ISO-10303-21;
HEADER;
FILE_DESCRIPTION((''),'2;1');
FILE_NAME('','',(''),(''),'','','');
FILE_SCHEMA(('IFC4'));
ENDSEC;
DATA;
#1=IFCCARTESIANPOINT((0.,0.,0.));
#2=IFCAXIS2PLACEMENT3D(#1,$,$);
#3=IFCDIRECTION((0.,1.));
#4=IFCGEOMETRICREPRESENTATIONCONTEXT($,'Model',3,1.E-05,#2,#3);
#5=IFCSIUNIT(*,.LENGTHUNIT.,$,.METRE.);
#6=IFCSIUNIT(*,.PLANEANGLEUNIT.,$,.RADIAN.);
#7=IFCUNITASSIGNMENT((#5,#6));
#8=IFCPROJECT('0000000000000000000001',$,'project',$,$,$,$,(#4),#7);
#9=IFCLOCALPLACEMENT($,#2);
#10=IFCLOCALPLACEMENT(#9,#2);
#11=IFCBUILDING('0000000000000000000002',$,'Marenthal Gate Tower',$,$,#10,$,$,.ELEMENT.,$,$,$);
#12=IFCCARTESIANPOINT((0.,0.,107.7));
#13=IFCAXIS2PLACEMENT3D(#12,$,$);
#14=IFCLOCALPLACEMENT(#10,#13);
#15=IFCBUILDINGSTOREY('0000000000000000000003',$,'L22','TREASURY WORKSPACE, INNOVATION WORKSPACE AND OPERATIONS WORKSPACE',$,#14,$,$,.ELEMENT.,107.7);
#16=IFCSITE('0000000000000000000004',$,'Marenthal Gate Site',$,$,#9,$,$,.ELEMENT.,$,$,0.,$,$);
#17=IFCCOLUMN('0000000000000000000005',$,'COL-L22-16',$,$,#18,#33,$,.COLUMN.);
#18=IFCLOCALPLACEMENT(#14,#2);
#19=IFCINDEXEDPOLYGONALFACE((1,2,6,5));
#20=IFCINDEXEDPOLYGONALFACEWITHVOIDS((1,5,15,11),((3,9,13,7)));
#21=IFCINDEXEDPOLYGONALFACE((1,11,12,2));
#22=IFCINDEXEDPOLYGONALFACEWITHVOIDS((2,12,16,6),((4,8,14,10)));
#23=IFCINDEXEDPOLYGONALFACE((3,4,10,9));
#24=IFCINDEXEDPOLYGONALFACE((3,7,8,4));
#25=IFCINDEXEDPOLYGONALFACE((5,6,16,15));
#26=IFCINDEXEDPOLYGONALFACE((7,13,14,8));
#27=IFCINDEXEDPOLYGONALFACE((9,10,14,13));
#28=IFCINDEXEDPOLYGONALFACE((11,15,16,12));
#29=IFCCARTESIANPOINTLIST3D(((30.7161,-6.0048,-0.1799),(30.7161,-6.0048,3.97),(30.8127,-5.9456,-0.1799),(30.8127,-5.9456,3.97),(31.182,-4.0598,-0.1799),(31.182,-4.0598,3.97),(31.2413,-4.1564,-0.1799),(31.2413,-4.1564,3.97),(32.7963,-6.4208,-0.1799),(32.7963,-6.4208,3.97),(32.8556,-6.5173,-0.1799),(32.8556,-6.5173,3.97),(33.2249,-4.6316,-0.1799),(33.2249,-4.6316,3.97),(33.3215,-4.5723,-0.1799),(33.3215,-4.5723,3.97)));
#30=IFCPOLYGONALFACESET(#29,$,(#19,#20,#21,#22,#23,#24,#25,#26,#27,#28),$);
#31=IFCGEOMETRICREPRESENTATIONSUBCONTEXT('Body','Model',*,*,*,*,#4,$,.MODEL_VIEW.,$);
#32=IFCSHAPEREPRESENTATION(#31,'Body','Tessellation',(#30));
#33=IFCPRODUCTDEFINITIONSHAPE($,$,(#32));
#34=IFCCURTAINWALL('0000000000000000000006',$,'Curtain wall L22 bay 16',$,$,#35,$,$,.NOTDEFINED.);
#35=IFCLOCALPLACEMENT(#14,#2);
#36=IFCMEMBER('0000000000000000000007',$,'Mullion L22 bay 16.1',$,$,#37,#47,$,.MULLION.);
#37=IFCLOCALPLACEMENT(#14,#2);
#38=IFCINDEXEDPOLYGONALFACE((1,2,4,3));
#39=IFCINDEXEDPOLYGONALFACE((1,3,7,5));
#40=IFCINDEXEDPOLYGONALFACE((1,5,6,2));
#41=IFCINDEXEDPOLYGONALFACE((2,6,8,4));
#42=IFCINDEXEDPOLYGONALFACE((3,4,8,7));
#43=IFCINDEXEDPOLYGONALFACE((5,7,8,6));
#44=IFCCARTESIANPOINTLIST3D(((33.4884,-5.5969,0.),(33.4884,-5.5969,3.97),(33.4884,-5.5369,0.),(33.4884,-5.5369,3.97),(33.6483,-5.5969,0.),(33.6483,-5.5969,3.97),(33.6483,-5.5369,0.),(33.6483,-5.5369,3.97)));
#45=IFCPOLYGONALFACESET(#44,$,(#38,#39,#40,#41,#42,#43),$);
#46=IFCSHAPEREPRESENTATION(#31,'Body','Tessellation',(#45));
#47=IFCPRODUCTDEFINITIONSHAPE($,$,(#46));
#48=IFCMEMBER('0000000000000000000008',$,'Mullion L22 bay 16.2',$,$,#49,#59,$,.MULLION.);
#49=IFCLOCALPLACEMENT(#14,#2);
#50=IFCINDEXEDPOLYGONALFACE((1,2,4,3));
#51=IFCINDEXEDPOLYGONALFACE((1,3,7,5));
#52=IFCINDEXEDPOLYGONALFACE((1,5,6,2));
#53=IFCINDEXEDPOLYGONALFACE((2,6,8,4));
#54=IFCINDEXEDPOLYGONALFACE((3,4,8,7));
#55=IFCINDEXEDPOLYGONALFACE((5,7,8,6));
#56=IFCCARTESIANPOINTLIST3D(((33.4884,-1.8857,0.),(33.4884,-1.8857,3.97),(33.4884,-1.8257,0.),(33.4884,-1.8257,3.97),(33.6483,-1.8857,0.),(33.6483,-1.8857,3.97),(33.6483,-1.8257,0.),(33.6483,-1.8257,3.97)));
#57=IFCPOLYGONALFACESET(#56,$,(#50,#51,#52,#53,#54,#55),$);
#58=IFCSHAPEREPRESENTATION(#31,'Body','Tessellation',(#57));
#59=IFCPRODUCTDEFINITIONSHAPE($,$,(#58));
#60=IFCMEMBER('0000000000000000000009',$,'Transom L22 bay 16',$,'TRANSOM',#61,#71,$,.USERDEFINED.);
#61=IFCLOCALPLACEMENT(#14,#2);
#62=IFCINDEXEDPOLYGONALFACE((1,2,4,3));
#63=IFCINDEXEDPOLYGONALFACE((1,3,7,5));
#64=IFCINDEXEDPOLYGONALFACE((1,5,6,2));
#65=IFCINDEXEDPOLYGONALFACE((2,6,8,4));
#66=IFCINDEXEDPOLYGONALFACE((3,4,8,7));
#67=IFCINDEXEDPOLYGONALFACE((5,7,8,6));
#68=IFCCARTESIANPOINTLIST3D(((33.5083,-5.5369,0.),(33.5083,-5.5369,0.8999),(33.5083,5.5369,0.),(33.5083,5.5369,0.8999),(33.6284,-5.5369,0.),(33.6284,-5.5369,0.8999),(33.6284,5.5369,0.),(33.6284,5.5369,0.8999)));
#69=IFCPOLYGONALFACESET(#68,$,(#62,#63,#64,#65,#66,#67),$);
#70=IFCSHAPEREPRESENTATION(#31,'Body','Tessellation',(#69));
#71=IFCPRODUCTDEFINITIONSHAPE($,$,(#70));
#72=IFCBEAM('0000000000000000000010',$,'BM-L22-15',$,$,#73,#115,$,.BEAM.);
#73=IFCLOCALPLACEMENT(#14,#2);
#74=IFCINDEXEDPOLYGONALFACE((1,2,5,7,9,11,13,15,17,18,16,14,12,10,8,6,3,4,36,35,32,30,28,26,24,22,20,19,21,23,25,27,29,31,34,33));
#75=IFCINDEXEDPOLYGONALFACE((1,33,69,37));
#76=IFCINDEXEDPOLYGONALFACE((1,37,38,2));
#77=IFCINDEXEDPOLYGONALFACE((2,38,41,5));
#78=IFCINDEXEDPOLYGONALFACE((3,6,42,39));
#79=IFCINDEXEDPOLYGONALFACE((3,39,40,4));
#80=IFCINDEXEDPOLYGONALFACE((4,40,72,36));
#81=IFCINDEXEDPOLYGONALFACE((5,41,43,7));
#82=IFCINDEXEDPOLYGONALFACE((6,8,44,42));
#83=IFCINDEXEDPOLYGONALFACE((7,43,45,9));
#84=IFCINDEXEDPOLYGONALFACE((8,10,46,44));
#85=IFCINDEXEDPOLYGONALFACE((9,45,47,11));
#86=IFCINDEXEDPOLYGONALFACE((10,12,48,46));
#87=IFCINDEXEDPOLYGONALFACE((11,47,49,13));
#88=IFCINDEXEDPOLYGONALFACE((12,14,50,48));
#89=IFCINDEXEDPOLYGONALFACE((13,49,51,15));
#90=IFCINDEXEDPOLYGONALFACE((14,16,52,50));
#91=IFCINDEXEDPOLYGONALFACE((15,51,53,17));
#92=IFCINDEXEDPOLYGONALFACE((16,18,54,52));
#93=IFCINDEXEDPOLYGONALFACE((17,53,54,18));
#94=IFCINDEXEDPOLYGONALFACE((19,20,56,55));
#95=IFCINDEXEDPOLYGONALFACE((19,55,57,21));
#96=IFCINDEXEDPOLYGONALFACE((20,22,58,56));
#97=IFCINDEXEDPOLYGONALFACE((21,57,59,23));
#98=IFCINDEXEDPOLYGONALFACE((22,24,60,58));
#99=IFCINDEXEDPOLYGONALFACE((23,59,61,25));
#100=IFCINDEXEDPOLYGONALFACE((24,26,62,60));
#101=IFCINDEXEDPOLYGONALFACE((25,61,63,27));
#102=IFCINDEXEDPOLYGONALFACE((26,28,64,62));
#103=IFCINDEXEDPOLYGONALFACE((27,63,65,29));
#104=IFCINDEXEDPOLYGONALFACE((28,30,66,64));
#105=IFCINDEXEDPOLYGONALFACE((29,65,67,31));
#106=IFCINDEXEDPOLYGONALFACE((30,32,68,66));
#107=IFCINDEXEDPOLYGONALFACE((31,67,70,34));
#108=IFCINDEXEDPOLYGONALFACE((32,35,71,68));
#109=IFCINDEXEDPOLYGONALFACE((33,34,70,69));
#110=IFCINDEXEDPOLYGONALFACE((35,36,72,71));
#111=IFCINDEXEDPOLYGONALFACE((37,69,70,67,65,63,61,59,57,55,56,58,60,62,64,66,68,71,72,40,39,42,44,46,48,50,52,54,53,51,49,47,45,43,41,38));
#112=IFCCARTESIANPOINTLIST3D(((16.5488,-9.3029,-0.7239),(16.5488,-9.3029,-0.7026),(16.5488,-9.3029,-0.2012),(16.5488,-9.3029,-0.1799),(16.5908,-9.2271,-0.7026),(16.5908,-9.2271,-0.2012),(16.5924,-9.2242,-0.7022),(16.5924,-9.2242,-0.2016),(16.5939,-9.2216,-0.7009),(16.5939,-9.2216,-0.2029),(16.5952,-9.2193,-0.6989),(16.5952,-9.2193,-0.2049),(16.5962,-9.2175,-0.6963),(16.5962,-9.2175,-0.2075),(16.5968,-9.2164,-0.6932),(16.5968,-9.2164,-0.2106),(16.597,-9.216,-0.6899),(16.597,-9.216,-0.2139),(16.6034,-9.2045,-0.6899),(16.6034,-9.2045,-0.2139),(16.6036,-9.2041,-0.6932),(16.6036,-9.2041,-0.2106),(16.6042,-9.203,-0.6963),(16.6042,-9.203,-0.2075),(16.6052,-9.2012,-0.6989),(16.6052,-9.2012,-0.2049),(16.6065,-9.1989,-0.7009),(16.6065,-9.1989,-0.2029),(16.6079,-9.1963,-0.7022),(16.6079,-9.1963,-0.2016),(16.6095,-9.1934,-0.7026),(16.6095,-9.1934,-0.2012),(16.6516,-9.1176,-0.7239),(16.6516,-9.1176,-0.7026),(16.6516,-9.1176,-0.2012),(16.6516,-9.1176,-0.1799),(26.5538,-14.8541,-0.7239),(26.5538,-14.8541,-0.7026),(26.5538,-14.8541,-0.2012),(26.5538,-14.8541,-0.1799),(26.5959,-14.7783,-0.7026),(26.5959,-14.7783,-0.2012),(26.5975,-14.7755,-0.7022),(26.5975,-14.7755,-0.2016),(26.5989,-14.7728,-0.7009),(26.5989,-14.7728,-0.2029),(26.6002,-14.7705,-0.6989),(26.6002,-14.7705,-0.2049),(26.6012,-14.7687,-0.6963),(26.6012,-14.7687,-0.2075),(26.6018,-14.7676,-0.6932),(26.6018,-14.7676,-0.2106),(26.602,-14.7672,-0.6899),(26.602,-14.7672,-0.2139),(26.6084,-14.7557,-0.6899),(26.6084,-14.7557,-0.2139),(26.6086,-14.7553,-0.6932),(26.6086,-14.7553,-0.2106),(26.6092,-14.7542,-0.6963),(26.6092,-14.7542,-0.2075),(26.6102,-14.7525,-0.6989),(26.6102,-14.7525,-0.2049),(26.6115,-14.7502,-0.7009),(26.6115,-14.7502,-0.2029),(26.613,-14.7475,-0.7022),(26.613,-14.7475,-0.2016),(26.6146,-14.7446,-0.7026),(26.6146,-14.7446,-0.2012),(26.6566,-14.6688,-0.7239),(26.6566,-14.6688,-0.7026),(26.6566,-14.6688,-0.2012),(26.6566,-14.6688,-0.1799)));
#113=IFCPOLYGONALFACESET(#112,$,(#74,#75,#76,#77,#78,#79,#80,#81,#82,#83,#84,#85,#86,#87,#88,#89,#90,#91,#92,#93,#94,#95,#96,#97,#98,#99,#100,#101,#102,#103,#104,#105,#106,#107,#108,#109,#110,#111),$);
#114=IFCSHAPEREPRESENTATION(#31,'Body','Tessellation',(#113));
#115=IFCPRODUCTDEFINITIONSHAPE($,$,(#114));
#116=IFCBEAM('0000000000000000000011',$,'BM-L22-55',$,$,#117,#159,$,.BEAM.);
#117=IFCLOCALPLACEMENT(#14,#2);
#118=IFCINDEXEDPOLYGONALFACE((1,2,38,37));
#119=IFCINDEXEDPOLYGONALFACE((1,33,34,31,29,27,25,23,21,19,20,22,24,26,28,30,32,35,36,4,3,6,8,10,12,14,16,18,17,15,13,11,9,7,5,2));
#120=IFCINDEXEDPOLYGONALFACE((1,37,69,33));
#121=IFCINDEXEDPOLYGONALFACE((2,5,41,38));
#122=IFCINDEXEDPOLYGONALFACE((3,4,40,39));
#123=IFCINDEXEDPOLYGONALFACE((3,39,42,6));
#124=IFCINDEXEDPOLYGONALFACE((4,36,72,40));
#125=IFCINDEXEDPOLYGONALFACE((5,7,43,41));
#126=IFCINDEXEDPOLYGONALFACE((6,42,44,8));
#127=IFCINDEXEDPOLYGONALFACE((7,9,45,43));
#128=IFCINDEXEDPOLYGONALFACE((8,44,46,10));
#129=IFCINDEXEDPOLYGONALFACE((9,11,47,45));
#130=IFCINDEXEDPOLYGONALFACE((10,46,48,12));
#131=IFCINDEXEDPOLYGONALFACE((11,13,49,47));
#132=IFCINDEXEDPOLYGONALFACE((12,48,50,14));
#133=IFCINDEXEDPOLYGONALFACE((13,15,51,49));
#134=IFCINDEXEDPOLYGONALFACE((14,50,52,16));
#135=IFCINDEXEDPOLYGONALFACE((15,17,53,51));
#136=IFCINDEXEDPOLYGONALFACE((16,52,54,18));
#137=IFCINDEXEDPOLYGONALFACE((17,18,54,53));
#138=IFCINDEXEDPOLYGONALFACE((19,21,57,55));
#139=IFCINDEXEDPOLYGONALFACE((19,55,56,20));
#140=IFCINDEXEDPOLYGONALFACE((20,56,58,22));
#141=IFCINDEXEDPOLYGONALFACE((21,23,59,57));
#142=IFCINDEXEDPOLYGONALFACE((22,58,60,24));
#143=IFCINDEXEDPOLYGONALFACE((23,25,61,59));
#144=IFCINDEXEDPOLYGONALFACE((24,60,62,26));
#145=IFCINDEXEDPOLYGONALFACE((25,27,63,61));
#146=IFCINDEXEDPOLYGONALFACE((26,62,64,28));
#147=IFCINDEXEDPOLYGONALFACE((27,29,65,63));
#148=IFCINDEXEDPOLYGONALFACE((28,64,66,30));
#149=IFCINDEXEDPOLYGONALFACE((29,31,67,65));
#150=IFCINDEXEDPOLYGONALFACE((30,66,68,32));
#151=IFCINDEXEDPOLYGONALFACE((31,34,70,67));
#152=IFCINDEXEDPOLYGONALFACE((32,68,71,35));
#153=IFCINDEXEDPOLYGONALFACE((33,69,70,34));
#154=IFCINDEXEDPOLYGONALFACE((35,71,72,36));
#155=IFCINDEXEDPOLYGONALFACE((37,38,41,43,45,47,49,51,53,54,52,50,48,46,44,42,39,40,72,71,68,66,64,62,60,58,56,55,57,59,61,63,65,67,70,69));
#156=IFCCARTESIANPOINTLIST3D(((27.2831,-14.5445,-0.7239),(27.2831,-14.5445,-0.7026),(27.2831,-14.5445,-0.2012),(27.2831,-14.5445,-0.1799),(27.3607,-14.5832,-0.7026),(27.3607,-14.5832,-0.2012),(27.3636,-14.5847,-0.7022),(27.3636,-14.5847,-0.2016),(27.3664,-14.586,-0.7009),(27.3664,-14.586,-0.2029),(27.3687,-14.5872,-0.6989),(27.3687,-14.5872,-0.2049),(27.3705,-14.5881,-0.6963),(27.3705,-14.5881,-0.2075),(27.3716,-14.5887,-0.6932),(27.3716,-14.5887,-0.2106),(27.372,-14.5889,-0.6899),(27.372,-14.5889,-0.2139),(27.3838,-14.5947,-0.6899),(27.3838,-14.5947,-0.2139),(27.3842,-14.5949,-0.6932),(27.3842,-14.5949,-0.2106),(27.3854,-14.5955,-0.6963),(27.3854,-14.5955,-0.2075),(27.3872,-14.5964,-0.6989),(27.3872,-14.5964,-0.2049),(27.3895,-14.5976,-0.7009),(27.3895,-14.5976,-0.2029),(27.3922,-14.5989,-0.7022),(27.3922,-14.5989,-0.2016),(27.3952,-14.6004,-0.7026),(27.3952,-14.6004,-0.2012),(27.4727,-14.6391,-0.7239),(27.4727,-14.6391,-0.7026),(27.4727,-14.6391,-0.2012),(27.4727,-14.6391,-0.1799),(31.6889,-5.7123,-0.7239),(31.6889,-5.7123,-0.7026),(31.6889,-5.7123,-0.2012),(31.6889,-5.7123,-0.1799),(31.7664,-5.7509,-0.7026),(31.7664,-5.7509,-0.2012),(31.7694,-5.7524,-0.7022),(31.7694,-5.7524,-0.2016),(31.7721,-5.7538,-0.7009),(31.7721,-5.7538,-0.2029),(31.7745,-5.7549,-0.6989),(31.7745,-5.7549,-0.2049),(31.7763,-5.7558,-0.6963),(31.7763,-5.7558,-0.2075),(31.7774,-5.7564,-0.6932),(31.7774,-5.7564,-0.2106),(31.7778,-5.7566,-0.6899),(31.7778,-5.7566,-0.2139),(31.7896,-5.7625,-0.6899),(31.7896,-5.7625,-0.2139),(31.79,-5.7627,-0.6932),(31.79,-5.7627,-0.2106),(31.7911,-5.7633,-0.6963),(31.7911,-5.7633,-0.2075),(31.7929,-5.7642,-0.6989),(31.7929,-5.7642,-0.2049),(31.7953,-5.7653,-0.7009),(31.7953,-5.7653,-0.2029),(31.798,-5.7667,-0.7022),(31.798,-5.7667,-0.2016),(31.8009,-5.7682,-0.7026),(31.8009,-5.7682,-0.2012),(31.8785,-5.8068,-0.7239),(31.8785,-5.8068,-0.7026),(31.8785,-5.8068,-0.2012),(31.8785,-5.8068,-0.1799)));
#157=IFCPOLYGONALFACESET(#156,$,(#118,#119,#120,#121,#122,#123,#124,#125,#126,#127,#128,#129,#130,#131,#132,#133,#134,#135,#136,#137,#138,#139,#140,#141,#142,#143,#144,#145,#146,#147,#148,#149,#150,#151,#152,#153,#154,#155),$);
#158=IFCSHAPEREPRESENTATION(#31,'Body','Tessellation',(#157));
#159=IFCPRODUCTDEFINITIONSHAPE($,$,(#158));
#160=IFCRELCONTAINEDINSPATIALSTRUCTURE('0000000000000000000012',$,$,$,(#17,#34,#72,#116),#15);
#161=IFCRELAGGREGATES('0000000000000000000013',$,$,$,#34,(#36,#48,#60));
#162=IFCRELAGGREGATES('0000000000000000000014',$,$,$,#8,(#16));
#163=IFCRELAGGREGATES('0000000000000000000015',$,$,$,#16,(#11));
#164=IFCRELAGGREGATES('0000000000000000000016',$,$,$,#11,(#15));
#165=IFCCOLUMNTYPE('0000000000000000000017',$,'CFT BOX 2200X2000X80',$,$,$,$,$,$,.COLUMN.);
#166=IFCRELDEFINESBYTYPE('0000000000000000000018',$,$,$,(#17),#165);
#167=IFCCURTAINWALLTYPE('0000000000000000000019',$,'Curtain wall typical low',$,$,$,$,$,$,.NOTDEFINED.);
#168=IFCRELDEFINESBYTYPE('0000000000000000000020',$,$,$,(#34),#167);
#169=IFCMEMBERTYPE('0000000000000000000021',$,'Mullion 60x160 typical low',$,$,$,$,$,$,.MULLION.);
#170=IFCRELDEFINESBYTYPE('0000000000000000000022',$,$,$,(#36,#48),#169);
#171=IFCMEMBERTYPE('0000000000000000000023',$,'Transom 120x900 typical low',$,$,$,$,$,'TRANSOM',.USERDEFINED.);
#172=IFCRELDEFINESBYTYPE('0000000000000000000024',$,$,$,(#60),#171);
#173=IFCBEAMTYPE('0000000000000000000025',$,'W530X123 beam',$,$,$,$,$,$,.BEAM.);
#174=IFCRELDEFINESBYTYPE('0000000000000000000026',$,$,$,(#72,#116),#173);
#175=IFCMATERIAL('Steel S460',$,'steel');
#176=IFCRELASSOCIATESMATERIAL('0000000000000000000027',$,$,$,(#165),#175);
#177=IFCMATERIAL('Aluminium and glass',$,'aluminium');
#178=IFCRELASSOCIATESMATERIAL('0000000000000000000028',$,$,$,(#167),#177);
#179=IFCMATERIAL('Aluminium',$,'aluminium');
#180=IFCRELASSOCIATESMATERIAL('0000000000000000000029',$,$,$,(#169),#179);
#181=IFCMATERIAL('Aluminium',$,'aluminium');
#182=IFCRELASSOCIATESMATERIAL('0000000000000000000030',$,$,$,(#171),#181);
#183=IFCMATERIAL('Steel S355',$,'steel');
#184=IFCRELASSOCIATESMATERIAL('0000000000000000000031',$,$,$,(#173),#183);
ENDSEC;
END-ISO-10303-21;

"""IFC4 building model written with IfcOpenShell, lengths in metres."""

from ifc_helpers import new_model, si_unit, direction, frame, origin, origin_2d, place, context, subcontext, project, spatial, rectangle, hollow_rectangle, i_section, extrude, material, material_profile, profile_set, type_object, element, aggregate, save


model = new_model("IFC4")

# Units and contexts
model_context = context("Model", 3, precision=1e-05, world=origin(), true_north=direction((0.0, 1.0)))
body_context = subcontext(model_context, "Body", "Model", "MODEL_VIEW")
ifc_project = project(units=[si_unit("LENGTHUNIT", "METRE"), si_unit("PLANEANGLEUNIT", "RADIAN")], contexts=[model_context])

# Site, building, storey
site_placement = place(None, origin())
site = spatial("IfcSite", under=ifc_project, at=site_placement, Name="Marenthal Gate Site", CompositionType="ELEMENT", RefElevation=0.0)
building_placement = place(site_placement, origin())
building = spatial("IfcBuilding", under=site, at=building_placement, Name="Marenthal Gate Tower", CompositionType="ELEMENT")
storey_placement = place(building_placement, frame((0.0, 0.0, 107.7)))
storey = spatial("IfcBuildingStorey", under=building, at=storey_placement, Name="L22", Description="TREASURY WORKSPACE, INNOVATION WORKSPACE AND OPERATIONS WORKSPACE", CompositionType="ELEMENT", Elevation=107.7)

# Column
ifc_material_1 = material(Name="Steel S460", Category="steel")
ifc_material_profile_1 = material_profile(ifc_material_1, hollow_rectangle(XDim=2.0, YDim=2.2, WallThickness=0.0801, at=origin_2d()), Name="CFT BOX 2200X2000X80")
ifc_material_2 = material(Name="Concrete 70 MPa", Category="concrete")
ifc_material_profile_2 = material_profile(ifc_material_2, rectangle(XDim=1.8401, YDim=2.04, at=origin_2d()), Name="CFT BOX 2200X2000X80 INFILL")
ifc_profile_set_1 = profile_set([ifc_material_profile_1, ifc_material_profile_2], Name="Steel S460 shell, Concrete 70 MPa infill")
column_type = type_object("IfcColumnType", Name="CFT BOX 2200X2000X80", PredefinedType="COLUMN", material=ifc_profile_set_1)
column_placement = place(storey_placement, frame((32.0188, -5.2886, -0.1799), z_axis=(0.0, 0.0, 1.0), x_axis=(-0.232958, -0.972487, 0.0)))
element("IfcColumn", 1, at=column_placement, inside=storey, type_object=column_type, Name="COL-L22-16", PredefinedType="COLUMN", context=body_context, shape_type="SweptSolid", body=[
    extrude(hollow_rectangle(XDim=2.0, YDim=2.2, WallThickness=0.0801, at=origin_2d()), origin(), (0.0, 0.0, 1.0), 4.1499),
])

# Curtain wall, members
ifc_material_3 = material(Name="Aluminium and glass", Category="aluminium")
curtain_wall_type = type_object("IfcCurtainWallType", Name="Curtain wall typical low", PredefinedType="NOTDEFINED", material=ifc_material_3)
curtain_wall_placement = place(storey_placement, origin())
curtain_wall = element("IfcCurtainWall", 2, at=curtain_wall_placement, inside=storey, type_object=curtain_wall_type, Name="Curtain wall L22 bay 16", PredefinedType="NOTDEFINED")
ifc_material_4 = material(Name="Aluminium", Category="aluminium")
ifc_material_profile_3 = material_profile(ifc_material_4, rectangle(XDim=0.1599, YDim=0.0601, at=origin_2d()), Name="60x160 aluminium mullion")
ifc_profile_set_2 = profile_set([ifc_material_profile_3], Name="Aluminium")
member_type_1 = type_object("IfcMemberType", Name="Mullion 60x160 typical low", PredefinedType="MULLION", material=ifc_profile_set_2)
member_1_placement = place(storey_placement, frame((33.5684, -5.5669, 0.0), z_axis=(0.0, 0.0, 1.0), x_axis=(-1.0, 0.0, 0.0)))
member_1 = element("IfcMember", 3, at=member_1_placement, type_object=member_type_1, Name="Mullion L22 bay 16.1", PredefinedType="MULLION", context=body_context, shape_type="SweptSolid", body=[
    extrude(rectangle(XDim=0.1599, YDim=0.0601, at=origin_2d()), origin(), (0.0, 0.0, 1.0), 3.97),
])
member_2_placement = place(storey_placement, frame((33.5684, -1.8557, 0.0), z_axis=(0.0, 0.0, 1.0), x_axis=(-1.0, 0.0, 0.0)))
member_2 = element("IfcMember", 4, at=member_2_placement, type_object=member_type_1, Name="Mullion L22 bay 16.2", PredefinedType="MULLION", context=body_context, shape_type="SweptSolid", body=[
    extrude(rectangle(XDim=0.1599, YDim=0.0601, at=origin_2d()), origin(), (0.0, 0.0, 1.0), 3.97),
])
ifc_material_5 = material(Name="Aluminium", Category="aluminium")
ifc_material_profile_4 = material_profile(ifc_material_5, rectangle(XDim=0.1201, YDim=0.8999, at=origin_2d()), Name="120x900 aluminium transom")
ifc_profile_set_3 = profile_set([ifc_material_profile_4], Name="Aluminium")
member_type_2 = type_object("IfcMemberType", Name="Transom 120x900 typical low", ElementType="TRANSOM", PredefinedType="USERDEFINED", material=ifc_profile_set_3)
member_3_placement = place(storey_placement, frame((33.5684, -5.5369, 0.45), z_axis=(0.0, 1.0, 0.0), x_axis=(-1.0, 0.0, 0.0)))
member_3 = element("IfcMember", 5, at=member_3_placement, type_object=member_type_2, Name="Transom L22 bay 16", ObjectType="TRANSOM", PredefinedType="USERDEFINED", context=body_context, shape_type="SweptSolid", body=[
    extrude(rectangle(XDim=0.1201, YDim=0.8999, at=origin_2d()), origin(), (0.0, 0.0, 1.0), 11.0737),
])

# Beams
ifc_material_6 = material(Name="Steel S355", Category="steel")
ifc_material_profile_5 = material_profile(ifc_material_6, i_section(OverallWidth=0.2119, OverallDepth=0.5439, WebThickness=0.0132, FlangeThickness=0.0212, FilletRadius=0.0127, at=origin_2d()), Name="W530X123")
ifc_profile_set_4 = profile_set([ifc_material_profile_5], Name="Steel S355")
beam_type_1 = type_object("IfcBeamType", Name="W530X123 beam", PredefinedType="BEAM", material=ifc_profile_set_4)
beam_1_placement = place(storey_placement, frame((26.6052, -14.7615, -0.4519), z_axis=(-0.874422, 0.485166, 0.0), x_axis=(-0.485166, -0.874422, 0.0)))
element("IfcBeam", 6, at=beam_1_placement, inside=storey, type_object=beam_type_1, Name="BM-L22-15", PredefinedType="BEAM", context=body_context, shape_type="SweptSolid", body=[
    extrude(i_section(OverallWidth=0.2119, OverallDepth=0.5439, WebThickness=0.0132, FlangeThickness=0.0212, FilletRadius=0.0127, at=origin_2d()), origin(), (0.0, 0.0, 1.0), 11.4419),
])
beam_2_placement = place(storey_placement, frame((27.3779, -14.5918, -0.4519), z_axis=(0.446372, 0.894847, 0.0), x_axis=(-0.894847, 0.446372, 0.0)))
element("IfcBeam", 7, at=beam_2_placement, inside=storey, type_object=beam_type_1, Name="BM-L22-55", PredefinedType="BEAM", context=body_context, shape_type="SweptSolid", body=[
    extrude(i_section(OverallWidth=0.2119, OverallDepth=0.5439, WebThickness=0.0132, FlangeThickness=0.0212, FilletRadius=0.0127, at=origin_2d()), origin(), (0.0, 0.0, 1.0), 9.8701),
])

aggregate(curtain_wall, [member_1, member_2, member_3])

save(model, "model.ifc")
